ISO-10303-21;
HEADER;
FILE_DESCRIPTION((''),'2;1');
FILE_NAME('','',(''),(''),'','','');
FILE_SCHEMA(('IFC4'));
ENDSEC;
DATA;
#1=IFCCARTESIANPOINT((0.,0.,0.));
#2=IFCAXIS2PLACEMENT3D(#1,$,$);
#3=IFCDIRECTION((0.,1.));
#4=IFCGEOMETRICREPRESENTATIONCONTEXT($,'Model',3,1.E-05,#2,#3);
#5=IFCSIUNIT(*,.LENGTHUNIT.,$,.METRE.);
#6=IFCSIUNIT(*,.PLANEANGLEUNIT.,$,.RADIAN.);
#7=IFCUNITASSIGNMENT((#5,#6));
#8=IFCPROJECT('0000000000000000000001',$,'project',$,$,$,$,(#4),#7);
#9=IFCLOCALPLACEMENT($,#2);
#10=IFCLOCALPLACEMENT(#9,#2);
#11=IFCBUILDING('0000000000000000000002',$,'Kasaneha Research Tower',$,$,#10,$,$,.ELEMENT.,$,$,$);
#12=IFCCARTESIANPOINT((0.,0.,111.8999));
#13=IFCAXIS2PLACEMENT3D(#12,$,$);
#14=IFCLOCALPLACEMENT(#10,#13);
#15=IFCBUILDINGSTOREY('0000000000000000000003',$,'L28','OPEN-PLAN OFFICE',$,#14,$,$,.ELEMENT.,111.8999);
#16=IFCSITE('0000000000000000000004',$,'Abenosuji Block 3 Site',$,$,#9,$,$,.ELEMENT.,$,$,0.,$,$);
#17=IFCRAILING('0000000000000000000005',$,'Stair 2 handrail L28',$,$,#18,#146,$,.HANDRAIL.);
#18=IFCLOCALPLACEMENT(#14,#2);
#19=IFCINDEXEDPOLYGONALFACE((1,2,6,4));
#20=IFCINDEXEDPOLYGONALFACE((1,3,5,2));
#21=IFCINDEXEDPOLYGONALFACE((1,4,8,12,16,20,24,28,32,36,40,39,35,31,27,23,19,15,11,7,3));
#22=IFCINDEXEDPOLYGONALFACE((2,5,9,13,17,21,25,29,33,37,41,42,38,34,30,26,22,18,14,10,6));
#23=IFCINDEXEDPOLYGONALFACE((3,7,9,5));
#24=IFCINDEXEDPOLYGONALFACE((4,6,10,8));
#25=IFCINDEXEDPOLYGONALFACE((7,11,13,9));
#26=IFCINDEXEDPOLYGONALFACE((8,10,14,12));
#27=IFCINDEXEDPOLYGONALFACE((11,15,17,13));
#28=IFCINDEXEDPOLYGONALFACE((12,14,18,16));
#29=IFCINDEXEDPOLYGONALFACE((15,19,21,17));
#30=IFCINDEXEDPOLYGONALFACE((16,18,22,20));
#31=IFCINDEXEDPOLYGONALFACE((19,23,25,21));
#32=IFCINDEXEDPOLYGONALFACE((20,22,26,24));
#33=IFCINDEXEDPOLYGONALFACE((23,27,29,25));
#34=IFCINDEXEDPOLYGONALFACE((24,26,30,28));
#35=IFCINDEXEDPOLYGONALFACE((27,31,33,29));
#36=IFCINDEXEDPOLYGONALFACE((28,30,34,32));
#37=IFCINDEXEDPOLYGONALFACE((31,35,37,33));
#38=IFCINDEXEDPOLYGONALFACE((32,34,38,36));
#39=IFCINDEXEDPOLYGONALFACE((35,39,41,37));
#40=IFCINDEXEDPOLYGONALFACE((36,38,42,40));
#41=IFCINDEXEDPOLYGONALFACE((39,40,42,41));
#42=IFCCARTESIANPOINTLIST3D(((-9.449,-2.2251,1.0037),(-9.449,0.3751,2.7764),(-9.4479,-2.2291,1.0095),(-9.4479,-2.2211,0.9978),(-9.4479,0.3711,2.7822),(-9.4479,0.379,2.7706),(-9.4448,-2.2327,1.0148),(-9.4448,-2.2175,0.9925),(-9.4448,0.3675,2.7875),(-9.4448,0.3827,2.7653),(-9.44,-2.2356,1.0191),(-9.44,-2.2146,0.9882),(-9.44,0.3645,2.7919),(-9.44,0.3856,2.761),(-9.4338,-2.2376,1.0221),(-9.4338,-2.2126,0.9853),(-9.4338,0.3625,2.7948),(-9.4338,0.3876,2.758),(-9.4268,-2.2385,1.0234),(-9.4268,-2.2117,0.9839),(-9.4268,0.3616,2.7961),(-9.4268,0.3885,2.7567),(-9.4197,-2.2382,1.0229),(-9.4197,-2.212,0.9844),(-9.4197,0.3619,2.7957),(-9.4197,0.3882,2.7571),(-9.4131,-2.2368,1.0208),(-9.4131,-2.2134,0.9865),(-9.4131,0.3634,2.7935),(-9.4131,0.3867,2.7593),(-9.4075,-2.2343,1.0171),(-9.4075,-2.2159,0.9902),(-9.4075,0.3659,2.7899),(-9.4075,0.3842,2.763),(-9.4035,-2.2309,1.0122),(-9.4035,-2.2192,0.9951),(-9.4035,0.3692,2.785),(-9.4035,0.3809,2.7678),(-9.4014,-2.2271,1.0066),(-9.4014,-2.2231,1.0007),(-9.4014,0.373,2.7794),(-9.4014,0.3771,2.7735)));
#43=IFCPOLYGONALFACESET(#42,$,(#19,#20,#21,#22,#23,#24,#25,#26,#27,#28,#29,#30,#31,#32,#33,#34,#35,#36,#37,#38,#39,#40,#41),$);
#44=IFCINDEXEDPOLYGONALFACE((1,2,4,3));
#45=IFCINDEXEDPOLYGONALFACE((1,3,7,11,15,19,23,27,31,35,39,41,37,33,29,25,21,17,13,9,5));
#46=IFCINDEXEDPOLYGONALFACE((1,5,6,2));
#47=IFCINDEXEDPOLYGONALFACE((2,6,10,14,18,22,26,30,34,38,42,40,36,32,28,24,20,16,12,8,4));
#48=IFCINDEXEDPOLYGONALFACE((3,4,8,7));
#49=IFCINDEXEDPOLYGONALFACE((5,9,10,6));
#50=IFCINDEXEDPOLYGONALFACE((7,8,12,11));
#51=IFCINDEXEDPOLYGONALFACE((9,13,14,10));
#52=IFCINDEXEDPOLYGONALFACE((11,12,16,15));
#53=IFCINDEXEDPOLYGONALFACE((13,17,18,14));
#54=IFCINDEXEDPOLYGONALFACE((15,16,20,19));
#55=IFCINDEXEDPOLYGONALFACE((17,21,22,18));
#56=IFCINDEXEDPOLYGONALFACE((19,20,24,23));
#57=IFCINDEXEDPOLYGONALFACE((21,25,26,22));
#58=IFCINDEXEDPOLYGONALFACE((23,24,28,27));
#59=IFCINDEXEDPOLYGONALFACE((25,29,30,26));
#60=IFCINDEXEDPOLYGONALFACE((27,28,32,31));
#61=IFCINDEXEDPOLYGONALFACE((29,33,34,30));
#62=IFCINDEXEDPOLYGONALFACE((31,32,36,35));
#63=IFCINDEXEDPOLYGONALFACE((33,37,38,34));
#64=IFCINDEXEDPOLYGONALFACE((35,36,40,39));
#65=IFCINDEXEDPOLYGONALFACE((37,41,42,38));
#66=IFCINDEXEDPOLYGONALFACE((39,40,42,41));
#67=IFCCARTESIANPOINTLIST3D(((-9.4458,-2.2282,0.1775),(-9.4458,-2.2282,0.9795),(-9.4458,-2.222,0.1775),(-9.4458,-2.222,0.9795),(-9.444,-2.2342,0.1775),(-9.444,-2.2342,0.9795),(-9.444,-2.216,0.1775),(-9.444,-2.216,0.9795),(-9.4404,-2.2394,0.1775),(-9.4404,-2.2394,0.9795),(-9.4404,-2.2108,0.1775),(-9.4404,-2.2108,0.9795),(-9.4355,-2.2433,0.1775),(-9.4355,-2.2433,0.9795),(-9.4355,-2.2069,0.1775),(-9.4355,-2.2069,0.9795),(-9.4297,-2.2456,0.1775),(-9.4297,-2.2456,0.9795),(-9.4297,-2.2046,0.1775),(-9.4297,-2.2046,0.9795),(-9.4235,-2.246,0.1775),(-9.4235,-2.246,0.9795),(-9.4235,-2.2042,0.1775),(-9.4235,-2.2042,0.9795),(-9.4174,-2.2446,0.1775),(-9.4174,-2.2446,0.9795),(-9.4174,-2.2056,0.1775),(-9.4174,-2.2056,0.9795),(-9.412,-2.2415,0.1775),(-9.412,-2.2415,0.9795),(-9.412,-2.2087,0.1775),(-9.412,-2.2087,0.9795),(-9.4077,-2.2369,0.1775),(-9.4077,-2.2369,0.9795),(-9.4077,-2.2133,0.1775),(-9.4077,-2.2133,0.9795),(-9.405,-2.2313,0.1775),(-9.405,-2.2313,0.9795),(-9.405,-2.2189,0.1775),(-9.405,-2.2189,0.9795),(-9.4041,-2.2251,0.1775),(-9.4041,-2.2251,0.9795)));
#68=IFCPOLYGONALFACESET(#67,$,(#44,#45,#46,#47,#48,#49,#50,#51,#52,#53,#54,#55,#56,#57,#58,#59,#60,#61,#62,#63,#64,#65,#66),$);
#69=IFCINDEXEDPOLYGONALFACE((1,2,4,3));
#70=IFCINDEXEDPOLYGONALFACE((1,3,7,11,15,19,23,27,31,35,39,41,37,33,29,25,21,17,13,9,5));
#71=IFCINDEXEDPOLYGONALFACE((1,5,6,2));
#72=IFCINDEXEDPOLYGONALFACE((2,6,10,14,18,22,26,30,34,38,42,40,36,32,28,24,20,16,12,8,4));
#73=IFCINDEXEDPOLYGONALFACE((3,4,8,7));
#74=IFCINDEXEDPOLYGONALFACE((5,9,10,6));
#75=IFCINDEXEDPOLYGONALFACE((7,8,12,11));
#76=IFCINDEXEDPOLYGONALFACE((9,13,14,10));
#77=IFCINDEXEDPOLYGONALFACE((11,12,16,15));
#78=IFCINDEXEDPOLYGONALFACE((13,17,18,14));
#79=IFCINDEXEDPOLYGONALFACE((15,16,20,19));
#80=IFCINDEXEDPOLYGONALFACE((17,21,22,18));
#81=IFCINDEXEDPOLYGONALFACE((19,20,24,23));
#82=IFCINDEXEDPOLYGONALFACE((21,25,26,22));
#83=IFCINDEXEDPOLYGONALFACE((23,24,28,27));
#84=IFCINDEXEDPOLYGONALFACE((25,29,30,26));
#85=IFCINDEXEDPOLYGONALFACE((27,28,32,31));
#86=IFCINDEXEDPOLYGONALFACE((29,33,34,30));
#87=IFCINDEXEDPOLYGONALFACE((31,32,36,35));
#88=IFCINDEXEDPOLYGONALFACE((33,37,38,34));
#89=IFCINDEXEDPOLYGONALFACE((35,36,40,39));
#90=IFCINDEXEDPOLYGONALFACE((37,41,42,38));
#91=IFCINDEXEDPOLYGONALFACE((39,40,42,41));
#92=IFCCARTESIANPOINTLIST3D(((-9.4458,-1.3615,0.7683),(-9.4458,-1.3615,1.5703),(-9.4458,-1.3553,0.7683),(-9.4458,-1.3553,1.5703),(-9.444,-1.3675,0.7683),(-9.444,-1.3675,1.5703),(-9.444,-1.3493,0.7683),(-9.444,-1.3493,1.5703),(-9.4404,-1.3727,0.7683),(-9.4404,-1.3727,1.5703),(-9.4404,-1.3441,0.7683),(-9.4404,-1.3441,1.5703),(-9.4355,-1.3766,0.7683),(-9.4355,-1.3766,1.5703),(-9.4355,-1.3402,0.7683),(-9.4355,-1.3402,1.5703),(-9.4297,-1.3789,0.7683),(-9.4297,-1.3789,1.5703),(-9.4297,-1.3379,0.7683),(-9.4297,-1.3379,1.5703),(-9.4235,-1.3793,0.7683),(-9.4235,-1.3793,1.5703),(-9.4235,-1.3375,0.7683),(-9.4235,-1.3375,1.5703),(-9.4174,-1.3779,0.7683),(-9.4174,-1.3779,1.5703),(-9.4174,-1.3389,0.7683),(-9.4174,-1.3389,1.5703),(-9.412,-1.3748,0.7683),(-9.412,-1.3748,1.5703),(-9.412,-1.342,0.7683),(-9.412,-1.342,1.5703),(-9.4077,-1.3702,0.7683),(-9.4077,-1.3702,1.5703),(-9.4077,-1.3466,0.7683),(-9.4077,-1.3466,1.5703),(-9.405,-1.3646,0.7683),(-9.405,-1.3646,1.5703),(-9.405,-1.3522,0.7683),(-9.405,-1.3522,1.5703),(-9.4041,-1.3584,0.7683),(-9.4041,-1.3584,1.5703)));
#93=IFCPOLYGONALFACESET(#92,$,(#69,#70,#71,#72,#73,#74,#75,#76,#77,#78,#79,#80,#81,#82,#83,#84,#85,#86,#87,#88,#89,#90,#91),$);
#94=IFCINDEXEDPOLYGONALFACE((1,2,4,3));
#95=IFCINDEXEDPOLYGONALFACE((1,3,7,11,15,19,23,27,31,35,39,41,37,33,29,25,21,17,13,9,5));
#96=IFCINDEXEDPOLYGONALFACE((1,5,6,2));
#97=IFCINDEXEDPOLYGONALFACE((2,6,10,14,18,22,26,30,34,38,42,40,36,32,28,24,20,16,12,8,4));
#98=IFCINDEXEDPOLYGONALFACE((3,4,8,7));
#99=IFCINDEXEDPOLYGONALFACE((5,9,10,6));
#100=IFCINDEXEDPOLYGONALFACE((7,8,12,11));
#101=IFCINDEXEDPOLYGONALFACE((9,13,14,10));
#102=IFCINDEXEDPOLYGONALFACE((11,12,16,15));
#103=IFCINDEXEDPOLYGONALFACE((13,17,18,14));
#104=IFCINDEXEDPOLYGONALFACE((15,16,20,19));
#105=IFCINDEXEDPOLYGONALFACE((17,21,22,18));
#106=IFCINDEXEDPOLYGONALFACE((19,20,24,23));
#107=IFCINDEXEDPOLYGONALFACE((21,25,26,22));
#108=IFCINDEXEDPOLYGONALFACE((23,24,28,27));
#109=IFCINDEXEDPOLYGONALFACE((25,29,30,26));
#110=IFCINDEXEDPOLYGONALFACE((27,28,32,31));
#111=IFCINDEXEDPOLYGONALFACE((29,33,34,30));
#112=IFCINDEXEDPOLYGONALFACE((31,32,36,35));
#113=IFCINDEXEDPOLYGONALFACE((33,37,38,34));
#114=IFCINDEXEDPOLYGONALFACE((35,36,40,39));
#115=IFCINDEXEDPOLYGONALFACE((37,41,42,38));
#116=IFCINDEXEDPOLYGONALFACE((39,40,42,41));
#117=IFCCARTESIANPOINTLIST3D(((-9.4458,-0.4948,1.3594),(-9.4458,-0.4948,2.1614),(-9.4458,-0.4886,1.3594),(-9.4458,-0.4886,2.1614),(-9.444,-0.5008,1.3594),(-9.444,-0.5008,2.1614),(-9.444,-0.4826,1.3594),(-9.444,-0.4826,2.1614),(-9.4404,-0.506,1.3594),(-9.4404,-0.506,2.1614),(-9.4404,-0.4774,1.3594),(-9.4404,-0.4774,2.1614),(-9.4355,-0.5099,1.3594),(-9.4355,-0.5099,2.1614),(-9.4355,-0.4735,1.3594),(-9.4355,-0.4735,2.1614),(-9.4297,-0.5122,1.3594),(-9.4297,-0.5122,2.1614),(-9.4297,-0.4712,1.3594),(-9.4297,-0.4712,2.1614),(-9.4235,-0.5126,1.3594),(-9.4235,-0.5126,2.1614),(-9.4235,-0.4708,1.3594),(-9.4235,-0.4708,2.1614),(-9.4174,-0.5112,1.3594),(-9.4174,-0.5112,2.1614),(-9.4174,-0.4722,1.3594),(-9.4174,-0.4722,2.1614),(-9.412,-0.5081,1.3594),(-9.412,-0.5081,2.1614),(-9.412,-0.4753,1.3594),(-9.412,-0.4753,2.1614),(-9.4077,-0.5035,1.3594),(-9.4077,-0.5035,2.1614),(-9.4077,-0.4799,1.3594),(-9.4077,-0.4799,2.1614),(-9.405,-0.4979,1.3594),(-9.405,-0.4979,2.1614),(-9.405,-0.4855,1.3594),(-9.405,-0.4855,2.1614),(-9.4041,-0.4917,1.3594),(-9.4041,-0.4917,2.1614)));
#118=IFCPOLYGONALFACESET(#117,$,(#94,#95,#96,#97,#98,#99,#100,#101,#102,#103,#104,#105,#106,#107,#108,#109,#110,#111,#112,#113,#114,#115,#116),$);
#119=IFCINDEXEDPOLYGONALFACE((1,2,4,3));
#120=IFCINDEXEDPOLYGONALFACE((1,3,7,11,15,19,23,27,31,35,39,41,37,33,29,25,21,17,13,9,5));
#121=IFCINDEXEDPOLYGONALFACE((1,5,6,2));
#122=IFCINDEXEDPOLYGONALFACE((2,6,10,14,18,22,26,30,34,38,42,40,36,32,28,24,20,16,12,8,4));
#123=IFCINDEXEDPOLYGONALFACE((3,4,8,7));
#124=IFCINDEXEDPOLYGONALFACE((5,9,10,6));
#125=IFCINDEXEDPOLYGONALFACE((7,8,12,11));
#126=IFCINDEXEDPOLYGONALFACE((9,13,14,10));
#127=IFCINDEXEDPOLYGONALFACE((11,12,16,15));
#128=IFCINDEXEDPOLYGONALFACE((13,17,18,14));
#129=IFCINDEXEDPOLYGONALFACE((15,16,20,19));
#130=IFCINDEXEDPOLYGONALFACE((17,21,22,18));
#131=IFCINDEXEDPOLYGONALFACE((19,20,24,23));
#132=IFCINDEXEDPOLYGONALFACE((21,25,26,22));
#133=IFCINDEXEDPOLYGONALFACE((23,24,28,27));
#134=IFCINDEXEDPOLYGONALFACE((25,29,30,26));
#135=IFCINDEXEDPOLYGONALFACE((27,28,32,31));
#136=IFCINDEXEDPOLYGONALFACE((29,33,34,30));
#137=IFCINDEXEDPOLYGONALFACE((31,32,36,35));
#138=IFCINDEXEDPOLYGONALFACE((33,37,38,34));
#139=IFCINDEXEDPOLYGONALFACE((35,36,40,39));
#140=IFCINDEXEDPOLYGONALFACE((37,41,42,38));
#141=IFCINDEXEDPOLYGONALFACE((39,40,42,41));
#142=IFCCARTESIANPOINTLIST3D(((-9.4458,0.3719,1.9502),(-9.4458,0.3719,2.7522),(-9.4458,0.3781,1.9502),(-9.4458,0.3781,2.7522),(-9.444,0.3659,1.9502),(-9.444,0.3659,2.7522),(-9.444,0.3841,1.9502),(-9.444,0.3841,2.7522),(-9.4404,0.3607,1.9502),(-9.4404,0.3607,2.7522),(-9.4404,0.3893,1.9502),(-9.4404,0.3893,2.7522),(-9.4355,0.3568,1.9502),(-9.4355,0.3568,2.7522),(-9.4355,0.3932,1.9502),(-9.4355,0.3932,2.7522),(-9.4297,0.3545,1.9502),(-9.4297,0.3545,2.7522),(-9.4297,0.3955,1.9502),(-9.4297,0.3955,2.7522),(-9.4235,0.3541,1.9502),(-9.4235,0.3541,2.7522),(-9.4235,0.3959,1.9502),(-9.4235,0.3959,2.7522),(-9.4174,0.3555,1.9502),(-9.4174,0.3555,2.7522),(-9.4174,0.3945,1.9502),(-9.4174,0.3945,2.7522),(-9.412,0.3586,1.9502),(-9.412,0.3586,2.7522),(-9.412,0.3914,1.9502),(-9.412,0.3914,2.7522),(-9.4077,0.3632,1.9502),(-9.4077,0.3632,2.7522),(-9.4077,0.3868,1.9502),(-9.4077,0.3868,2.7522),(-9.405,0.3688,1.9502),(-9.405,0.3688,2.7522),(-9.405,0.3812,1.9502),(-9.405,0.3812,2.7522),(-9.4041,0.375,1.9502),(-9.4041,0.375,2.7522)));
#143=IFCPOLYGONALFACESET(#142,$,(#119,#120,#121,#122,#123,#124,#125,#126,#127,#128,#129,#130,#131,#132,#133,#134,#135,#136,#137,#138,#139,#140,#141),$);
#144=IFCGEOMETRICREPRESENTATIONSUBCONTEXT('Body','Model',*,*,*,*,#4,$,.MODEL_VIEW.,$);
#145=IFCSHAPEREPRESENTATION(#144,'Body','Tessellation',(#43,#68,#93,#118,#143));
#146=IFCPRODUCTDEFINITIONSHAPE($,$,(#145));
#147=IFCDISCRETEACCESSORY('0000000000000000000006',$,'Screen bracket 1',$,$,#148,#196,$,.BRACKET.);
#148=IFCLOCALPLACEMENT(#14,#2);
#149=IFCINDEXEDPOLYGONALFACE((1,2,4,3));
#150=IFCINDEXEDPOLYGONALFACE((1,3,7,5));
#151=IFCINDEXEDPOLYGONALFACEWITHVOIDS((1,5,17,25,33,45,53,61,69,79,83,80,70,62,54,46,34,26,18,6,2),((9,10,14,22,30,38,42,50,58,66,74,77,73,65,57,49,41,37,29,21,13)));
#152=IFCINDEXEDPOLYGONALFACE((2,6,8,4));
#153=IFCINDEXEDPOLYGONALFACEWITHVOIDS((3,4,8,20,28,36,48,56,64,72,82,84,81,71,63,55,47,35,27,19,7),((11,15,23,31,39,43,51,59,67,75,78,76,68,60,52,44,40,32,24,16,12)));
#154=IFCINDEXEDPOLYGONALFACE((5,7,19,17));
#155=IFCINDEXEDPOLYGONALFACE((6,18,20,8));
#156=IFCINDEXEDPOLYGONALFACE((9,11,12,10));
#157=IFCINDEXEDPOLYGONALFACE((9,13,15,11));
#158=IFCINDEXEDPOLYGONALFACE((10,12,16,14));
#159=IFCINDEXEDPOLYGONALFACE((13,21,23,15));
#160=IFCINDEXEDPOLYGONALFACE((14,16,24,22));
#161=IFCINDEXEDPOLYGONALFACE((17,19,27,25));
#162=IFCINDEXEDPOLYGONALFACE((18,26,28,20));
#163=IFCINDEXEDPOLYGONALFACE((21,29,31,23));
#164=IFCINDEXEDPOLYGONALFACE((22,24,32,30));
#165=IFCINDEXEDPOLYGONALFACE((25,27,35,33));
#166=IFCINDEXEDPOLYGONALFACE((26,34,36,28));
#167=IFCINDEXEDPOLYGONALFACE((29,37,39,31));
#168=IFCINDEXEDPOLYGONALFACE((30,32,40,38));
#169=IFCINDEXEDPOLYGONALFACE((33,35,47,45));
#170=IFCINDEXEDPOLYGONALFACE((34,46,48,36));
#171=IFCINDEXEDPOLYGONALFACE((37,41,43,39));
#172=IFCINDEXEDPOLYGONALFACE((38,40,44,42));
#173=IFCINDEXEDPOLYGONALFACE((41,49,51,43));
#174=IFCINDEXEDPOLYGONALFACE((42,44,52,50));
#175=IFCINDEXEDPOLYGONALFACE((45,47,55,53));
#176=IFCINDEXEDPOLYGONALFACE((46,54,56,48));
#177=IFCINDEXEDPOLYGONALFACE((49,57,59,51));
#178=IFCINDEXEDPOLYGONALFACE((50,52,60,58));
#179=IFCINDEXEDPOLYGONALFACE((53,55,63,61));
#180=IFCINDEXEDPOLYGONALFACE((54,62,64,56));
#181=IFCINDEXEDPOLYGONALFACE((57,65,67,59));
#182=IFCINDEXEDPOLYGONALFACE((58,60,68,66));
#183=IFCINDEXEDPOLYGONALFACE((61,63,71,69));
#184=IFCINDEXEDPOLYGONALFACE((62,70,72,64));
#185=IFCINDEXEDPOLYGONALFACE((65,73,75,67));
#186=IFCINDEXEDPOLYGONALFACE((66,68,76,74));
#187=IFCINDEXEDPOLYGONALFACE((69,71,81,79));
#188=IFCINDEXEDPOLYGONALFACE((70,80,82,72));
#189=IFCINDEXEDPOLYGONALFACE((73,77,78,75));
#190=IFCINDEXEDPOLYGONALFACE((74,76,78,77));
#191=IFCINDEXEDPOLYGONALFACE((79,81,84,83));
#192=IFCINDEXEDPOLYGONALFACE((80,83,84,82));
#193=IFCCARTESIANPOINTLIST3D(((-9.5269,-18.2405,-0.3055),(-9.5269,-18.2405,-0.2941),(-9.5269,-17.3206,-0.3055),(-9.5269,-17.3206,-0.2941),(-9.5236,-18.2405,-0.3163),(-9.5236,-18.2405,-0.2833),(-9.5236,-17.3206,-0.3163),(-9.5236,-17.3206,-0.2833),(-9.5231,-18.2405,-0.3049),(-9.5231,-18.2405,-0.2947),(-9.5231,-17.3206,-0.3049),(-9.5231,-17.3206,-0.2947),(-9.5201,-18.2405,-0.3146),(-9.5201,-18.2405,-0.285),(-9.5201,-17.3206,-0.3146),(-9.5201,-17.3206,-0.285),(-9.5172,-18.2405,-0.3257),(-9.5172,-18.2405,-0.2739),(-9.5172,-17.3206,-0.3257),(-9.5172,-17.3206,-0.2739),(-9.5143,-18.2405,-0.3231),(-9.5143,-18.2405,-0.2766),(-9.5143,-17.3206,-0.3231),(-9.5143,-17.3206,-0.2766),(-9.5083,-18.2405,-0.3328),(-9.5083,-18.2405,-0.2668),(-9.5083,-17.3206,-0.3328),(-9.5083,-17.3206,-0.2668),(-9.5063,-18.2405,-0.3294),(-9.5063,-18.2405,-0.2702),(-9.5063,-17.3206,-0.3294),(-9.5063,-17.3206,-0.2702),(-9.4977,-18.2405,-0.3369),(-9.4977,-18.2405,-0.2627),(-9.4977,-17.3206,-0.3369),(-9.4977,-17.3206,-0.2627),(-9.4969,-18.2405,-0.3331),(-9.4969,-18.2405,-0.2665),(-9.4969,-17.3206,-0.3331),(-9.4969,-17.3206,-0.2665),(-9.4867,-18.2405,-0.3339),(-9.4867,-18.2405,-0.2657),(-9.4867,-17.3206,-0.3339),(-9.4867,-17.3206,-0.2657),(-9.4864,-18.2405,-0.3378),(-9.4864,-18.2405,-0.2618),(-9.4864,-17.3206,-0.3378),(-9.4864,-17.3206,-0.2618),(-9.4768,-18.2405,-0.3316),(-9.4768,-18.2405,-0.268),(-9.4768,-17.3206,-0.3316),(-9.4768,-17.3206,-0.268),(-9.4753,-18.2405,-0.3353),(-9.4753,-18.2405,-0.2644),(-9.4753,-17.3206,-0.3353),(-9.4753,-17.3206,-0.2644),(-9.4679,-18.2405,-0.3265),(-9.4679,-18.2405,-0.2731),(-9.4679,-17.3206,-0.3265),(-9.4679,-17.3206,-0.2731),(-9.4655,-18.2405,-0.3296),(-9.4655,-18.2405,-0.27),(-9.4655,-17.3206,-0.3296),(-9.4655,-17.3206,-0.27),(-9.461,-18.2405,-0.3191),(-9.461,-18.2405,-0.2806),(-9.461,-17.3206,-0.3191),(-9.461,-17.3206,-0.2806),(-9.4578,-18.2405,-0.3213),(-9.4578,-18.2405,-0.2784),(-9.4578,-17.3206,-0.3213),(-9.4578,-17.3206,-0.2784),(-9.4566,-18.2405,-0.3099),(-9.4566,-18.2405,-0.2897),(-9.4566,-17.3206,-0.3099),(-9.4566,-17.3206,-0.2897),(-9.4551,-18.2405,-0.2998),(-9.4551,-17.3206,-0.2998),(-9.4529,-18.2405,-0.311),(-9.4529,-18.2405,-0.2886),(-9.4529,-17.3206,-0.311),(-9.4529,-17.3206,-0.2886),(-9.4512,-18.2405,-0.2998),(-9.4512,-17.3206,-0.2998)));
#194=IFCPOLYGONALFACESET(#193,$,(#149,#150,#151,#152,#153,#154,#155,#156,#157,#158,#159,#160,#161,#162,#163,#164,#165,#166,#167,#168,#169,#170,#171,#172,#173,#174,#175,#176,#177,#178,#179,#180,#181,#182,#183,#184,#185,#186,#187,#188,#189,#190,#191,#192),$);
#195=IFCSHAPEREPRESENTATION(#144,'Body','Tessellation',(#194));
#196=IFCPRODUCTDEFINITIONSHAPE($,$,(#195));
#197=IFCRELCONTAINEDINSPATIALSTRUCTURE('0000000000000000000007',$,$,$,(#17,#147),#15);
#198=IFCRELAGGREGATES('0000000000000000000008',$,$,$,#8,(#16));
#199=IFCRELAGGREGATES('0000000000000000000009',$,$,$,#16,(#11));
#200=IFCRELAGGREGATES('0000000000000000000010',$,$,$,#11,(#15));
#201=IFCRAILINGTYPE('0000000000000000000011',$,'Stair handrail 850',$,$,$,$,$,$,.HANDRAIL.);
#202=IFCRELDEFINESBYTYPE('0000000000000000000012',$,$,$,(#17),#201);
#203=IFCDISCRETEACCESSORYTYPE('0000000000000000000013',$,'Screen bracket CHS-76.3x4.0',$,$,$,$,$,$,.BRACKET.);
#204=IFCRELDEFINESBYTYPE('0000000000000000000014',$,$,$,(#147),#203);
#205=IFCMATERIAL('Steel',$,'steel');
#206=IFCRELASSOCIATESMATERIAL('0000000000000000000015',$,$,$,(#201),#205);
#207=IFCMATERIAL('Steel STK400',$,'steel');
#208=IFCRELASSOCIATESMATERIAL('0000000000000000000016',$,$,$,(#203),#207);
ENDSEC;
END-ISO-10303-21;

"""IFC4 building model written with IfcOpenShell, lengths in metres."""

from ifc_helpers import new_model, si_unit, direction, frame, origin, origin_2d, place, context, subcontext, project, spatial, circle, hollow_circle, extrude, material, material_profile, profile_set, type_object, element, save


model = new_model("IFC4")

# Units and contexts
model_context = context("Model", 3, precision=1e-05, world=origin(), true_north=direction((0.0, 1.0)))
body_context = subcontext(model_context, "Body", "Model", "MODEL_VIEW")
ifc_project = project(units=[si_unit("LENGTHUNIT", "METRE"), si_unit("PLANEANGLEUNIT", "RADIAN")], contexts=[model_context])

# Site, building, storey
site_placement = place(None, origin())
site = spatial("IfcSite", under=ifc_project, at=site_placement, Name="Abenosuji Block 3 Site", CompositionType="ELEMENT", RefElevation=0.0)
building_placement = place(site_placement, origin())
building = spatial("IfcBuilding", under=site, at=building_placement, Name="Kasaneha Research Tower", CompositionType="ELEMENT")
storey_placement = place(building_placement, frame((0.0, 0.0, 111.8999)))
storey = spatial("IfcBuildingStorey", under=building, at=storey_placement, Name="L28", Description="OPEN-PLAN OFFICE", CompositionType="ELEMENT", Elevation=111.8999)

# Railing
ifc_material_1 = material(Name="Steel", Category="steel")
railing_type = type_object("IfcRailingType", Name="Stair handrail 850", PredefinedType="HANDRAIL", material=ifc_material_1)
railing_placement = place(storey_placement, frame((-9.425, -2.2251, 0.1775)))
element("IfcRailing", 1, at=railing_placement, inside=storey, type_object=railing_type, Name="Stair 2 handrail L28", PredefinedType="HANDRAIL", context=body_context, shape_type="SweptSolid", body=[
    extrude(circle(Radius=0.0239, at=origin_2d()), frame((0.0, 0.0, 0.8262), z_axis=(0.0, 0.82624, 0.563318), x_axis=(-1.0, 0.0, 0.0)), (0.0, 0.0, 1.0), 3.147),
    extrude(circle(Radius=0.021, at=origin_2d()), origin(), (0.0, 0.0, 1.0), 0.802),
    extrude(circle(Radius=0.021, at=origin_2d()), frame((0.0, 0.8667, 0.5908)), (0.0, 0.0, 1.0), 0.802),
    extrude(circle(Radius=0.021, at=origin_2d()), frame((0.0, 1.7334, 1.1819)), (0.0, 0.0, 1.0), 0.802),
    extrude(circle(Radius=0.021, at=origin_2d()), frame((0.0, 2.6001, 1.7727)), (0.0, 0.0, 1.0), 0.802),
])

# Discrete accessory
ifc_material_2 = material(Name="Steel STK400", Category="steel")
ifc_material_profile_1 = material_profile(ifc_material_2, hollow_circle(Radius=0.0381, WallThickness=0.0039, at=origin_2d()), Name="CHS-76.3x4.0")
ifc_profile_set_1 = profile_set([ifc_material_profile_1], Name="Steel STK400")
discrete_accessory_type = type_object("IfcDiscreteAccessoryType", Name="Screen bracket CHS-76.3x4.0", PredefinedType="BRACKET", material=ifc_profile_set_1)
discrete_accessory_placement = place(storey_placement, frame((-9.4893, -17.3206, -0.2998), z_axis=(0.0, -1.0, 0.0), x_axis=(1.0, 0.0, 0.0)))
element("IfcDiscreteAccessory", 2, at=discrete_accessory_placement, inside=storey, type_object=discrete_accessory_type, Name="Screen bracket 1", PredefinedType="BRACKET", context=body_context, shape_type="SweptSolid", body=[
    extrude(hollow_circle(Radius=0.0381, WallThickness=0.0039, at=origin_2d()), origin(), (0.0, 0.0, 1.0), 0.9199),
])

save(model, "model.ifc")
